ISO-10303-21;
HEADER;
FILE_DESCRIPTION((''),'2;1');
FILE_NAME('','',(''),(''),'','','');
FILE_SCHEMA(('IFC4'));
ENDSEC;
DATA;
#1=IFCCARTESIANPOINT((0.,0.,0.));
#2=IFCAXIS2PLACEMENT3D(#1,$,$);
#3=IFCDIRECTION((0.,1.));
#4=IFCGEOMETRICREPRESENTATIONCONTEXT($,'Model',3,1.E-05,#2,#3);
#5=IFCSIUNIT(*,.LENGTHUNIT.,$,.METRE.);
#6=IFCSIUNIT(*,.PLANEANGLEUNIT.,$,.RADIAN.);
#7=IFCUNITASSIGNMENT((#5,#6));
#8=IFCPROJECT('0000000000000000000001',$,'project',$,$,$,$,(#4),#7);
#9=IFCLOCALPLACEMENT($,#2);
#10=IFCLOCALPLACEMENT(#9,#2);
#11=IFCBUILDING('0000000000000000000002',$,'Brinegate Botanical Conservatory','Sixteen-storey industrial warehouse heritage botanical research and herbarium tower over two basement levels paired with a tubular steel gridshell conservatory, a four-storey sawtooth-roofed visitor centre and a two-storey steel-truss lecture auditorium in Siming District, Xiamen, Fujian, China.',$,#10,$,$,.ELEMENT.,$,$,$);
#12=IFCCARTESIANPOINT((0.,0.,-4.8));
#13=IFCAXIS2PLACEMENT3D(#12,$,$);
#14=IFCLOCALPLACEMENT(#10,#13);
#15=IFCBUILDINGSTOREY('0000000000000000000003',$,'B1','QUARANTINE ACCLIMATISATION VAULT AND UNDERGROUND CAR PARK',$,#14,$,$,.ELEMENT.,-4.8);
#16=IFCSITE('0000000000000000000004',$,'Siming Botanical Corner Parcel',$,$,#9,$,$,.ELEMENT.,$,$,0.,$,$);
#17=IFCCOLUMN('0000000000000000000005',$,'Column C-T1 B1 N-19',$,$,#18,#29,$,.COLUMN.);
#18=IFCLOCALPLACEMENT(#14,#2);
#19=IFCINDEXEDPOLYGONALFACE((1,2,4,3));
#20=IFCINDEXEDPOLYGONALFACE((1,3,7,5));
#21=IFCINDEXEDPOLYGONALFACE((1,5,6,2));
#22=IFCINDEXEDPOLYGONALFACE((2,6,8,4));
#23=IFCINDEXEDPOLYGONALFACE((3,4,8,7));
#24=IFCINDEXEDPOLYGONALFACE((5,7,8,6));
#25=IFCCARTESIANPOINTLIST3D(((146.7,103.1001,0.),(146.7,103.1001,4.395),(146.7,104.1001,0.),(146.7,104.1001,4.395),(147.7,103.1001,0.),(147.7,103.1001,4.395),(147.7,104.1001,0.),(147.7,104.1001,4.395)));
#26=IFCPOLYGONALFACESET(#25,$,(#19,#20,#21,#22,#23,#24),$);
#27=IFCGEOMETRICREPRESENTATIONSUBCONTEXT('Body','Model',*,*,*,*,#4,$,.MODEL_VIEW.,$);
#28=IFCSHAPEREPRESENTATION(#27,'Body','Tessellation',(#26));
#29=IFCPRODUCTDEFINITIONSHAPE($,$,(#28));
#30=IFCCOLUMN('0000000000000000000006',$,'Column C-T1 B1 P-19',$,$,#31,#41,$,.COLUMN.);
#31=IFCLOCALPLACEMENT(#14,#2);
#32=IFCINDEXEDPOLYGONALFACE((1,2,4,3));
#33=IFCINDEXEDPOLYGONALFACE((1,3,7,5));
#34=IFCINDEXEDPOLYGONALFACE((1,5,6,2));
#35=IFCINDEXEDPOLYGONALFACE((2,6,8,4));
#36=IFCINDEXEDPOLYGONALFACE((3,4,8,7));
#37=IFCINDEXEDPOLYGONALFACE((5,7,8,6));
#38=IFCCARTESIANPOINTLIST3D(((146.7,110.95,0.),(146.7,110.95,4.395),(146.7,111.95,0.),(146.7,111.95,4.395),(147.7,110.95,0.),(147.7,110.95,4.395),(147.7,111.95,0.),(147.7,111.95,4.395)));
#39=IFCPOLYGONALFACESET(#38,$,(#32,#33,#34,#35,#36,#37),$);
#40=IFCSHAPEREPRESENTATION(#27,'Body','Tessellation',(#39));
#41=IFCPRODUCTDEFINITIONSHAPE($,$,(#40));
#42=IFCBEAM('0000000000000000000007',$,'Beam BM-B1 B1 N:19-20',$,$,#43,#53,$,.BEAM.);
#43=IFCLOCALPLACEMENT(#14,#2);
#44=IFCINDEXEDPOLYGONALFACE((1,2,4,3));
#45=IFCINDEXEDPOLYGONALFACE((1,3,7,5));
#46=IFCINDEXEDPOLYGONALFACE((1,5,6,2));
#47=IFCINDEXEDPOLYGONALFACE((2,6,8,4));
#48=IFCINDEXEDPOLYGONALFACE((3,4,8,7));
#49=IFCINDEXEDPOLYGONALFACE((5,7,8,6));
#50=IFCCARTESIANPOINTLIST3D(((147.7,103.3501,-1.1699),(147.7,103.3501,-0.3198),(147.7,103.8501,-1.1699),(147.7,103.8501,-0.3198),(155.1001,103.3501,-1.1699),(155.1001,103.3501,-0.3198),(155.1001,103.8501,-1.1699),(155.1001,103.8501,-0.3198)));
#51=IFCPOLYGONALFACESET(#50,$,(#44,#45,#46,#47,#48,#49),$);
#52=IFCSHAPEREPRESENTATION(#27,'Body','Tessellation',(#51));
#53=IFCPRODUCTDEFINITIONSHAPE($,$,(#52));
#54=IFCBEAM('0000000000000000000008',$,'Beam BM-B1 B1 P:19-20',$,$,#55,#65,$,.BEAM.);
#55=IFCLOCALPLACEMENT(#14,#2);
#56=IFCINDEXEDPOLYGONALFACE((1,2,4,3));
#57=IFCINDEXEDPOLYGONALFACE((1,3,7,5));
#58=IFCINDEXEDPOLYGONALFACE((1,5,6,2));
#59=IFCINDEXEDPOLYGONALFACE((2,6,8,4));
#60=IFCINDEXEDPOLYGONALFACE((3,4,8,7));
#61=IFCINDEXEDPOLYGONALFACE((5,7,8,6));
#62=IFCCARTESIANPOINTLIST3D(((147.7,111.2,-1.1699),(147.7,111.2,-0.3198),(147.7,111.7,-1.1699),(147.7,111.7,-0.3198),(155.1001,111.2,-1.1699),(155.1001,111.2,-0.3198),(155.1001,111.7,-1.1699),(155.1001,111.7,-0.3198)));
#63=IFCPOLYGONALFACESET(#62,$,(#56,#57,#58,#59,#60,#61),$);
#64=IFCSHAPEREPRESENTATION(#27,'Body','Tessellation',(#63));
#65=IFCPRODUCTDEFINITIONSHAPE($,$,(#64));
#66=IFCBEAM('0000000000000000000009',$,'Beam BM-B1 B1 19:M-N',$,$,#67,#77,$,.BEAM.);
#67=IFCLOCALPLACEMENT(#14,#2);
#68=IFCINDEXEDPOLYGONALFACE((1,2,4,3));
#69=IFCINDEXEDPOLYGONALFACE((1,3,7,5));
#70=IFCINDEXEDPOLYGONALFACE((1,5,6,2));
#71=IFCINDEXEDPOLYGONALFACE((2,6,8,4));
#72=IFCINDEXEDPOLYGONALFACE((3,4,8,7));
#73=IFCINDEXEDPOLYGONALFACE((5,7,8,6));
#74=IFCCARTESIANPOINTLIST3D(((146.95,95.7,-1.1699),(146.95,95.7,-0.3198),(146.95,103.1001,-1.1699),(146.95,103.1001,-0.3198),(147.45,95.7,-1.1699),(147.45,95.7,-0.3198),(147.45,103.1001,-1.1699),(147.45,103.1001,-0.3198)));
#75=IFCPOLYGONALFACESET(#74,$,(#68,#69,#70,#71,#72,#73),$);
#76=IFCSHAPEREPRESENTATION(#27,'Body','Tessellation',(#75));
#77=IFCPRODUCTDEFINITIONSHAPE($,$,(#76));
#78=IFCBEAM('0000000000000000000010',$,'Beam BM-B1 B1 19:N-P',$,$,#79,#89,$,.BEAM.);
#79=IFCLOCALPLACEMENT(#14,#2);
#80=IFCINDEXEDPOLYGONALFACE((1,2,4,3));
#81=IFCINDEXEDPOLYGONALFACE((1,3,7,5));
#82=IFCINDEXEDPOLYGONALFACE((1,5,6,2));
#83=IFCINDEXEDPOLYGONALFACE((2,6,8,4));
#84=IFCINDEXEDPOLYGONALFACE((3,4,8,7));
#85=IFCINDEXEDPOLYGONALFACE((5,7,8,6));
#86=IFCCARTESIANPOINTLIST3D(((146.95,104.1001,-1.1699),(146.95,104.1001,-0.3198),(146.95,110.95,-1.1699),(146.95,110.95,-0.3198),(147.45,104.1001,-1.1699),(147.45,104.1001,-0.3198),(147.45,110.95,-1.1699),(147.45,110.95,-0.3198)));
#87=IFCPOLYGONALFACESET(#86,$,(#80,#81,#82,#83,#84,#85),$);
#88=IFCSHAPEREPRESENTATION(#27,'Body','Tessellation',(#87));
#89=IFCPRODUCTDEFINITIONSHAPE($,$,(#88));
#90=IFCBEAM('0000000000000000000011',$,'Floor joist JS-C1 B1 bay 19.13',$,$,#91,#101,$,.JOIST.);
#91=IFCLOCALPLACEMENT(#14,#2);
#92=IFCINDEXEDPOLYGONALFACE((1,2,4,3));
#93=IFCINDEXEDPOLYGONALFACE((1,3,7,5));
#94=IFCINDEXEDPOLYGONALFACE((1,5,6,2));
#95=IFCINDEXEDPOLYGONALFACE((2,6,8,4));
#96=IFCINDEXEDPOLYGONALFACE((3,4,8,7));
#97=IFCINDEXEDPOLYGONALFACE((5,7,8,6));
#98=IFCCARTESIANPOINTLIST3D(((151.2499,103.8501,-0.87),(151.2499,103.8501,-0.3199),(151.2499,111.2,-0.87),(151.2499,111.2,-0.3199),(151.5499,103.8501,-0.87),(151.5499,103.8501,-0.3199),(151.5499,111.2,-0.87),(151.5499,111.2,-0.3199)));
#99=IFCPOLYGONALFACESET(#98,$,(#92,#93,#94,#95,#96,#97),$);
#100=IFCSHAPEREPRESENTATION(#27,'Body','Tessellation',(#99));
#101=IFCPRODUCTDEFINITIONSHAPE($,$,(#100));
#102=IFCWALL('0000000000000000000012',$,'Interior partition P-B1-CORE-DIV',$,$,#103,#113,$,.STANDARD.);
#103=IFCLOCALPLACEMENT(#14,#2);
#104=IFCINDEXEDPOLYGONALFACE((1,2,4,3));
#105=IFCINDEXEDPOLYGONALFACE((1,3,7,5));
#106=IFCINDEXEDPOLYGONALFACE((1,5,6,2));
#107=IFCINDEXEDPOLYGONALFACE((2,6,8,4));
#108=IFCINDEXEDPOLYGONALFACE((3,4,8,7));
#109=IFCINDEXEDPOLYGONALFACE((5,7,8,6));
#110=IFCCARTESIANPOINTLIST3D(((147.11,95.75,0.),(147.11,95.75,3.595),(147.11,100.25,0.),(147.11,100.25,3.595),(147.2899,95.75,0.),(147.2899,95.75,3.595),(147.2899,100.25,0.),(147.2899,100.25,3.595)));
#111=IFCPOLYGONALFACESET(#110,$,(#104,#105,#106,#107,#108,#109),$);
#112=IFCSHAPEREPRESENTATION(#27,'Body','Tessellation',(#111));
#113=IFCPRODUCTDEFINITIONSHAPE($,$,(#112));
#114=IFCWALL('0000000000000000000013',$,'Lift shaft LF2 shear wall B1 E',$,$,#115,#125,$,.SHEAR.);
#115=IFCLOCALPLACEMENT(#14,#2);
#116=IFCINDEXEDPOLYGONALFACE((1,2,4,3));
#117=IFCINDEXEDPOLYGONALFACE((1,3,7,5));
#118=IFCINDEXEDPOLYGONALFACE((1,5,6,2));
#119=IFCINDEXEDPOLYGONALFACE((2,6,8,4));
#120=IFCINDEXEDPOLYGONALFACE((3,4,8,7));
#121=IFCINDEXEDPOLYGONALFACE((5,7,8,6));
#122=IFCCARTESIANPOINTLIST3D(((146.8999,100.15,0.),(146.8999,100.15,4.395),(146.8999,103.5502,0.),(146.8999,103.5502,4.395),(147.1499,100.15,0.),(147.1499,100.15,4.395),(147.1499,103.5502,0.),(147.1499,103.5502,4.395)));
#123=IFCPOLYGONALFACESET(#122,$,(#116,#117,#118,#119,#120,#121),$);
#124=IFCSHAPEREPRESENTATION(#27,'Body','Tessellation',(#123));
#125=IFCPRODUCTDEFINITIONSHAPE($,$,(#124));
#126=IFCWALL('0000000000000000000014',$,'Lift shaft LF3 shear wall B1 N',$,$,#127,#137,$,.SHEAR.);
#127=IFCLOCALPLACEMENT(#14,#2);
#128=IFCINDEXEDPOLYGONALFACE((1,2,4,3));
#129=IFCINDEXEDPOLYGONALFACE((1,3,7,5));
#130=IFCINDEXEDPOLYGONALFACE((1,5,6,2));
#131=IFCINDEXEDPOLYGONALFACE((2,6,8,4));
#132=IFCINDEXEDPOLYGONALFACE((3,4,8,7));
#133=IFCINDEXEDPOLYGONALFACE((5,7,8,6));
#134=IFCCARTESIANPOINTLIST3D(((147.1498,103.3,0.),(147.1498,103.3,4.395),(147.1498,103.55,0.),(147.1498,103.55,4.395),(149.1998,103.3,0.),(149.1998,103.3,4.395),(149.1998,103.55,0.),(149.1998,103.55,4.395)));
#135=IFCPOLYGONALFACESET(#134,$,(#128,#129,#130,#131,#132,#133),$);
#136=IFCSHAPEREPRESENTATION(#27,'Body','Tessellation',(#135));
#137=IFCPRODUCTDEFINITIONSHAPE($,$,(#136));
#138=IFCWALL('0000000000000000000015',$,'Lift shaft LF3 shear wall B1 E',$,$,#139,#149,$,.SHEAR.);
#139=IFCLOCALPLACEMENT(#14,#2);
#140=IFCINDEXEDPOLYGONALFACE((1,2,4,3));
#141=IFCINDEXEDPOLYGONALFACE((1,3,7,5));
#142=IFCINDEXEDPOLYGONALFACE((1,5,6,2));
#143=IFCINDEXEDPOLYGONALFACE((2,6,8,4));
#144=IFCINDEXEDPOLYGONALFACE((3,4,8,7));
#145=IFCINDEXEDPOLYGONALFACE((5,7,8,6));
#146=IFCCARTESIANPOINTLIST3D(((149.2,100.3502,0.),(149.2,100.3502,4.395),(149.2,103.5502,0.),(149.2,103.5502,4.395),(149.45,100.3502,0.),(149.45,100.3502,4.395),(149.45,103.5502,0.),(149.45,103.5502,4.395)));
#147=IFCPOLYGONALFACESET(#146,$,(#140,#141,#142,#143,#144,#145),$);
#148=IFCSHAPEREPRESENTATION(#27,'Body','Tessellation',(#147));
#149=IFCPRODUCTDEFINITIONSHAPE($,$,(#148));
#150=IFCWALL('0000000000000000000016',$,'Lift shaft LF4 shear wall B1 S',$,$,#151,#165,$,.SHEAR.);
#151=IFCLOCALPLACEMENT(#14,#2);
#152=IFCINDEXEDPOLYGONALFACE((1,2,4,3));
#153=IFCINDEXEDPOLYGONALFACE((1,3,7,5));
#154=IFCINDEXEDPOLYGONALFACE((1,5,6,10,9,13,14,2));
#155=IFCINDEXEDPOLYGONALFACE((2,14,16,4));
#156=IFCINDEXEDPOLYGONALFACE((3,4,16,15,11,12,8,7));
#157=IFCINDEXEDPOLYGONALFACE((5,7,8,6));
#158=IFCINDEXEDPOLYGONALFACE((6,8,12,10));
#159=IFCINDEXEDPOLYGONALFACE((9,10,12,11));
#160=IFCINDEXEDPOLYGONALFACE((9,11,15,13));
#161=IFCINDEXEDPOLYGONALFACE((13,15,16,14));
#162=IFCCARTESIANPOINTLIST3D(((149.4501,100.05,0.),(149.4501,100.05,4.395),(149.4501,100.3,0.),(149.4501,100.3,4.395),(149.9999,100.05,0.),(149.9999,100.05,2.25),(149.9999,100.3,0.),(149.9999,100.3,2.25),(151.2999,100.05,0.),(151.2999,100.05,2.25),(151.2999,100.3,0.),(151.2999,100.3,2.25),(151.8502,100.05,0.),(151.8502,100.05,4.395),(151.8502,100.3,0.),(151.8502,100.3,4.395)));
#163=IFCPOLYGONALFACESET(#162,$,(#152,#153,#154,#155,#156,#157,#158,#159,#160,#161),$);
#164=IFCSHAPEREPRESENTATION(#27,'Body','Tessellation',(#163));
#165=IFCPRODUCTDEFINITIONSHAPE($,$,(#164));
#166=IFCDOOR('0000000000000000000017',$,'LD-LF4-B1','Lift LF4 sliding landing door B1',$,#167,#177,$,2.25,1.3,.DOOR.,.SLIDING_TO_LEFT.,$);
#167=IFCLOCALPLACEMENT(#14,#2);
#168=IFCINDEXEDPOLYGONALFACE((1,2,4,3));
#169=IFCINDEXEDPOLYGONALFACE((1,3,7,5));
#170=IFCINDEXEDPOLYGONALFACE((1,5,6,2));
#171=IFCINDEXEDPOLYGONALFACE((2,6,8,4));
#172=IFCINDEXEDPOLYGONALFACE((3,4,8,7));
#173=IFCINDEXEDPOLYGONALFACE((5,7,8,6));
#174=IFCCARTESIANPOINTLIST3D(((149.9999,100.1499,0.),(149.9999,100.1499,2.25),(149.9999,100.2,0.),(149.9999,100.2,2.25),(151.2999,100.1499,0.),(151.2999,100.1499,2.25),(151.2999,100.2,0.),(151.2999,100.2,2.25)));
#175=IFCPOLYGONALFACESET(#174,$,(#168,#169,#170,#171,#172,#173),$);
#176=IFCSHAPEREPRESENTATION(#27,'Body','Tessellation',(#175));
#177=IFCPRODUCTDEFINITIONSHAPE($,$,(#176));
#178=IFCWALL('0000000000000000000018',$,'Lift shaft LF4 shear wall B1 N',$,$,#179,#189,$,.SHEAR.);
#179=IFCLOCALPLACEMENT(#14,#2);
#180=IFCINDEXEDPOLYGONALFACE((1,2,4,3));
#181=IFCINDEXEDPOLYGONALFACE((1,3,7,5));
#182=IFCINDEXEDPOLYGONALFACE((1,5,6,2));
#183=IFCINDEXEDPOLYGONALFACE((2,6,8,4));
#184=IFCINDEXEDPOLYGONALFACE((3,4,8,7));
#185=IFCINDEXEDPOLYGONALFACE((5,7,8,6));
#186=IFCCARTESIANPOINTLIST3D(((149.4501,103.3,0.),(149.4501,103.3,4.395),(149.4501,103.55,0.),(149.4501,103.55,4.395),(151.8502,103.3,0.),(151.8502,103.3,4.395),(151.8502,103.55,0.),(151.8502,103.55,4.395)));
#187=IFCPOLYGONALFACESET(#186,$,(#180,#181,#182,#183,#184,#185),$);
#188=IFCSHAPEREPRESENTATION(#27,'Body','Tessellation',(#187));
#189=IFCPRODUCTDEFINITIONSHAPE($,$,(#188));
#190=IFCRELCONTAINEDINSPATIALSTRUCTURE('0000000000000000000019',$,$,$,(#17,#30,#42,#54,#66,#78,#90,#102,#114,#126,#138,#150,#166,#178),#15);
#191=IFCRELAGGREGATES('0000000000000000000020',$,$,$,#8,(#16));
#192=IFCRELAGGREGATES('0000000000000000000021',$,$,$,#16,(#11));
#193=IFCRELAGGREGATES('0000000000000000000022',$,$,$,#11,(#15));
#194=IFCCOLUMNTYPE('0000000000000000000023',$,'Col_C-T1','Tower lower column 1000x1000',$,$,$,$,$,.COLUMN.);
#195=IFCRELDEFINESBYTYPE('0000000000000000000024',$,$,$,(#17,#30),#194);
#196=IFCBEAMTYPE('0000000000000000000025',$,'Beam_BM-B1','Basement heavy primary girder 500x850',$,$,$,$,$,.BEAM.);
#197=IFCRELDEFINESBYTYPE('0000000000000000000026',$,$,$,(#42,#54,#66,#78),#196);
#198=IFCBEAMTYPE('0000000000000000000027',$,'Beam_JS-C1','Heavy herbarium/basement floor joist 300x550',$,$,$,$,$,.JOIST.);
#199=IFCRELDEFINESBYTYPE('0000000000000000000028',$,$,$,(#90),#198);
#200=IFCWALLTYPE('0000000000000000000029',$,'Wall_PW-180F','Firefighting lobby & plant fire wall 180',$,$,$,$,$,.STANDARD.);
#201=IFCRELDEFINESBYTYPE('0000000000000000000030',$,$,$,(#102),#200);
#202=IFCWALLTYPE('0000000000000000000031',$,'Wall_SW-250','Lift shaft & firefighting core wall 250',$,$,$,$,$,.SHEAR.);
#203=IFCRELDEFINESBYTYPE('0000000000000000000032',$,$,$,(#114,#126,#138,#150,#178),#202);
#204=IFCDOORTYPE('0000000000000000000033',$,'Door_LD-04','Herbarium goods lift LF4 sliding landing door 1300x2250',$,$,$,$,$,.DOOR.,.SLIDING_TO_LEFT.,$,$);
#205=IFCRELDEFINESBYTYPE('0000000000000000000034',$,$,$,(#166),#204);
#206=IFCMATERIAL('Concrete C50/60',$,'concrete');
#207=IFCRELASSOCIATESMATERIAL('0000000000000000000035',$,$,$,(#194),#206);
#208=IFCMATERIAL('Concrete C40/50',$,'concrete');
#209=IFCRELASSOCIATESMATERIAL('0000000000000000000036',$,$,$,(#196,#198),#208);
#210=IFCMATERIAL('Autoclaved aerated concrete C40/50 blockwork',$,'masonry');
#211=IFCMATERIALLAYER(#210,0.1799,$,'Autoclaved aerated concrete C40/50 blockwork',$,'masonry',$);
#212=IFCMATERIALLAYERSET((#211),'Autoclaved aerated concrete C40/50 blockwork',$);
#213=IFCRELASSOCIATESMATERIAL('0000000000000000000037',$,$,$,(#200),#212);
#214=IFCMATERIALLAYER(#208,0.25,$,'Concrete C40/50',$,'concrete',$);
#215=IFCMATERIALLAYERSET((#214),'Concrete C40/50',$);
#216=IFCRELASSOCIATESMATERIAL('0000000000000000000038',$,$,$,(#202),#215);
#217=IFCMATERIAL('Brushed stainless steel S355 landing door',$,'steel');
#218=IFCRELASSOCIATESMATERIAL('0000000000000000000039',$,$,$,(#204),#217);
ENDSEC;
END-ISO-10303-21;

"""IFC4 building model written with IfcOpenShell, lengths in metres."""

from ifc_helpers import new_model, si_unit, direction, frame, frame_2d, origin, origin_2d, place, context, subcontext, project, spatial, rectangle, extrude, material, layer, layer_set, material_profile, profile_set, type_object, element, fill, save


model = new_model("IFC4")

# Units and contexts
model_context = context("Model", 3, precision=1e-05, world=origin(), true_north=direction((0.0, 1.0)))
body_context = subcontext(model_context, "Body", "Model", "MODEL_VIEW")
ifc_project = project(units=[si_unit("LENGTHUNIT", "METRE"), si_unit("PLANEANGLEUNIT", "RADIAN")], contexts=[model_context])

# Site, building, storey
site_placement = place(None, origin())
site = spatial("IfcSite", under=ifc_project, at=site_placement, Name="Siming Botanical Corner Parcel", CompositionType="ELEMENT", RefElevation=0.0)
building_placement = place(site_placement, origin())
building = spatial("IfcBuilding", under=site, at=building_placement, Name="Brinegate Botanical Conservatory", Description="Sixteen-storey industrial warehouse heritage botanical research and herbarium tower over two basement levels paired with a tubular steel gridshell conservatory, a four-storey sawtooth-roofed visitor centre and a two-storey steel-truss lecture auditorium in Siming District, Xiamen, Fujian, China.", CompositionType="ELEMENT")
storey_placement = place(building_placement, frame((0.0, 0.0, -4.8)))
storey = spatial("IfcBuildingStorey", under=building, at=storey_placement, Name="B1", Description="QUARANTINE ACCLIMATISATION VAULT AND UNDERGROUND CAR PARK", CompositionType="ELEMENT", Elevation=-4.8)

# Columns
ifc_material_1 = material(Name="Concrete C50/60", Category="concrete")
ifc_material_profile_1 = material_profile(ifc_material_1, rectangle(XDim=1.0, YDim=1.0, at=origin_2d()), Name="RC COL 1000x1000")
ifc_profile_set_1 = profile_set([ifc_material_profile_1], Name="Concrete C50/60")
column_type = type_object("IfcColumnType", Name="Col_C-T1", Description="Tower lower column 1000x1000", PredefinedType="COLUMN", material=ifc_profile_set_1)
for number, where, z_axis, x_axis, name in (
    (1, (147.2, 103.6001, 0.0), (0.0, 0.0, 1.0), (1.0, 0.0, 0.0), "Column C-T1 B1 N-19"),
    (2, (147.2, 111.45, 0.0), (0.0, 0.0, 1.0), (1.0, 0.0, 0.0), "Column C-T1 B1 P-19"),
):
    element("IfcColumn", number, at=place(storey_placement, frame(where, z_axis=z_axis, x_axis=x_axis)), inside=storey, type_object=column_type, Name=name, PredefinedType="COLUMN", context=body_context, shape_type="SweptSolid", body=[
        extrude(rectangle(XDim=1.0, YDim=1.0, at=origin_2d()), origin(), (0.0, 0.0, 1.0), 4.395),
    ])

# Beams
ifc_material_2 = material(Name="Concrete C40/50", Category="concrete")
ifc_material_profile_2 = material_profile(ifc_material_2, rectangle(XDim=0.5, YDim=0.8501, at=origin_2d()), Name="RC BM 500x850")
ifc_profile_set_2 = profile_set([ifc_material_profile_2], Name="Concrete C40/50")
beam_type_1 = type_object("IfcBeamType", Name="Beam_BM-B1", Description="Basement heavy primary girder 500x850", PredefinedType="BEAM", material=ifc_profile_set_2)
for number, where, z_axis, x_axis, name in (
    (3, (147.7, 103.6001, -0.7449), (1.0, 0.0, 0.0), (0.0, 1.0, 0.0), "Beam BM-B1 B1 N:19-20"),
    (4, (147.7, 111.45, -0.7449), (1.0, 0.0, 0.0), (0.0, 1.0, 0.0), "Beam BM-B1 B1 P:19-20"),
    (5, (147.2, 95.7, -0.7449), (0.0, 1.0, 0.0), (-1.0, 0.0, 0.0), "Beam BM-B1 B1 19:M-N"),
):
    element("IfcBeam", number, at=place(storey_placement, frame(where, z_axis=z_axis, x_axis=x_axis)), inside=storey, type_object=beam_type_1, Name=name, PredefinedType="BEAM", context=body_context, shape_type="SweptSolid", body=[
        extrude(rectangle(XDim=0.5, YDim=0.8501, at=origin_2d()), origin(), (0.0, 0.0, 1.0), 7.4001),
    ])
beam_1_placement = place(storey_placement, frame((147.2, 104.1001, -0.7449), z_axis=(0.0, 1.0, 0.0), x_axis=(-1.0, 0.0, 0.0)))
element("IfcBeam", 6, at=beam_1_placement, inside=storey, type_object=beam_type_1, Name="Beam BM-B1 B1 19:N-P", PredefinedType="BEAM", context=body_context, shape_type="SweptSolid", body=[
    extrude(rectangle(XDim=0.5, YDim=0.8501, at=origin_2d()), origin(), (0.0, 0.0, 1.0), 6.8499),
])
ifc_material_profile_3 = material_profile(ifc_material_2, rectangle(XDim=0.3, YDim=0.55, at=origin_2d()), Name="RC JST 300x550")
ifc_profile_set_3 = profile_set([ifc_material_profile_3], Name="Concrete C40/50")
beam_type_2 = type_object("IfcBeamType", Name="Beam_JS-C1", Description="Heavy herbarium/basement floor joist 300x550", PredefinedType="JOIST", material=ifc_profile_set_3)
beam_2_placement = place(storey_placement, frame((151.3999, 103.8501, -0.595), z_axis=(0.0, 1.0, 0.0), x_axis=(-1.0, 0.0, 0.0)))
element("IfcBeam", 7, at=beam_2_placement, inside=storey, type_object=beam_type_2, Name="Floor joist JS-C1 B1 bay 19.13", PredefinedType="JOIST", context=body_context, shape_type="SweptSolid", body=[
    extrude(rectangle(XDim=0.3, YDim=0.55, at=origin_2d()), origin(), (0.0, 0.0, 1.0), 7.3499),
])

# Walls
ifc_material_3 = material(Name="Autoclaved aerated concrete C40/50 blockwork", Category="masonry")
ifc_layer_1 = layer(ifc_material_3, 0.1799, Name="Autoclaved aerated concrete C40/50 blockwork", Category="masonry")
ifc_layer_set_1 = layer_set([ifc_layer_1], Name="Autoclaved aerated concrete C40/50 blockwork")
wall_type_1 = type_object("IfcWallType", Name="Wall_PW-180F", Description="Firefighting lobby & plant fire wall 180", PredefinedType="STANDARD", material=ifc_layer_set_1)
wall_1_placement = place(storey_placement, frame((147.2, 95.75, 0.0), z_axis=(0.0, 0.0, 1.0), x_axis=(0.0, 1.0, 0.0)))
element("IfcWall", 8, at=wall_1_placement, inside=storey, type_object=wall_type_1, Name="Interior partition P-B1-CORE-DIV", PredefinedType="STANDARD", context=body_context, shape_type="SweptSolid", body=[
    extrude(rectangle(XDim=4.5, YDim=0.1799, at=frame_2d((2.25, 0.0))), origin(), (0.0, 0.0, 1.0), 3.595),
])
ifc_layer_2 = layer(ifc_material_2, 0.25, Name="Concrete C40/50", Category="concrete")
ifc_layer_set_2 = layer_set([ifc_layer_2], Name="Concrete C40/50")
wall_type_2 = type_object("IfcWallType", Name="Wall_SW-250", Description="Lift shaft & firefighting core wall 250", PredefinedType="SHEAR", material=ifc_layer_set_2)
wall_2_placement = place(storey_placement, frame((147.0249, 100.1499, 0.0), z_axis=(0.0, 0.0, 1.0), x_axis=(0.0, 1.0, 0.0)))
element("IfcWall", 9, at=wall_2_placement, inside=storey, type_object=wall_type_2, Name="Lift shaft LF2 shear wall B1 E", PredefinedType="SHEAR", context=body_context, shape_type="SweptSolid", body=[
    extrude(rectangle(XDim=3.4001, YDim=0.25, at=frame_2d((1.7002, 0.0))), origin(), (0.0, 0.0, 1.0), 4.395),
])

# Shared definitions
ifc_material_4 = material(Name="Brushed stainless steel S355 landing door", Category="steel")

# Walls
wall_3_placement = place(storey_placement, frame((147.1499, 103.425, 0.0), z_axis=(0.0, 0.0, 1.0), x_axis=(1.0, 0.0, 0.0)))
element("IfcWall", 10, at=wall_3_placement, inside=storey, type_object=wall_type_2, Name="Lift shaft LF3 shear wall B1 N", PredefinedType="SHEAR", context=body_context, shape_type="SweptSolid", body=[
    extrude(rectangle(XDim=2.05, YDim=0.25, at=frame_2d((1.0249, 0.0))), origin(), (0.0, 0.0, 1.0), 4.395),
])
wall_4_placement = place(storey_placement, frame((149.325, 100.3501, 0.0), z_axis=(0.0, 0.0, 1.0), x_axis=(0.0, 1.0, 0.0)))
element("IfcWall", 11, at=wall_4_placement, inside=storey, type_object=wall_type_2, Name="Lift shaft LF3 shear wall B1 E", PredefinedType="SHEAR", context=body_context, shape_type="SweptSolid", body=[
    extrude(rectangle(XDim=3.2, YDim=0.25, at=frame_2d((1.6001, 0.0))), origin(), (0.0, 0.0, 1.0), 4.395),
])

# Wall, opening, door
wall_5_placement = place(storey_placement, frame((149.45, 100.175, 0.0), z_axis=(0.0, 0.0, 1.0), x_axis=(1.0, 0.0, 0.0)))
wall_5 = element("IfcWall", 12, at=wall_5_placement, inside=storey, type_object=wall_type_2, Name="Lift shaft LF4 shear wall B1 S", PredefinedType="SHEAR", context=body_context, shape_type="SweptSolid", body=[
    extrude(rectangle(XDim=2.4001, YDim=0.25, at=frame_2d((1.2002, 0.0))), origin(), (0.0, 0.0, 1.0), 4.395),
])
opening_1_placement = place(wall_5_placement, frame((0.55, 0.0, 0.0)))
opening_1 = element("IfcOpeningElement", 13, at=opening_1_placement, cuts=wall_5, PredefinedType="OPENING", context=body_context, shape_type="SweptSolid", body=[
    extrude(rectangle(XDim=1.3, YDim=2.25, at=frame_2d((0.6499, 1.125))), frame((0.0, 0.135, 0.0), z_axis=(0.0, -1.0, 0.0), x_axis=(1.0, 0.0, 0.0)), (0.0, 0.0, 1.0), 0.27),
])
door_type_1 = type_object("IfcDoorType", Name="Door_LD-04", Description="Herbarium goods lift LF4 sliding landing door 1300x2250", OperationType="SLIDING_TO_LEFT", PredefinedType="DOOR", material=ifc_material_4)
door_1_placement = place(opening_1_placement, origin())
door_1 = element("IfcDoor", 14, at=door_1_placement, inside=storey, type_object=door_type_1, Name="LD-LF4-B1", Description="Lift LF4 sliding landing door B1", OperationType="SLIDING_TO_LEFT", OverallHeight=2.25, OverallWidth=1.3, PredefinedType="DOOR", context=body_context, shape_type="SweptSolid", body=[
    extrude(rectangle(XDim=1.3, YDim=2.25, at=frame_2d((0.6499, 1.125))), frame((0.0, 0.0249, 0.0), z_axis=(0.0, -1.0, 0.0), x_axis=(1.0, 0.0, 0.0)), (0.0, 0.0, 1.0), 0.05),
])
fill(opening_1, door_1)

# Wall
wall_6_placement = place(storey_placement, frame((149.45, 103.425, 0.0), z_axis=(0.0, 0.0, 1.0), x_axis=(1.0, 0.0, 0.0)))
element("IfcWall", 15, at=wall_6_placement, inside=storey, type_object=wall_type_2, Name="Lift shaft LF4 shear wall B1 N", PredefinedType="SHEAR", context=body_context, shape_type="SweptSolid", body=[
    extrude(rectangle(XDim=2.4001, YDim=0.25, at=frame_2d((1.2002, 0.0))), origin(), (0.0, 0.0, 1.0), 4.395),
])

save(model, "model.ifc")
